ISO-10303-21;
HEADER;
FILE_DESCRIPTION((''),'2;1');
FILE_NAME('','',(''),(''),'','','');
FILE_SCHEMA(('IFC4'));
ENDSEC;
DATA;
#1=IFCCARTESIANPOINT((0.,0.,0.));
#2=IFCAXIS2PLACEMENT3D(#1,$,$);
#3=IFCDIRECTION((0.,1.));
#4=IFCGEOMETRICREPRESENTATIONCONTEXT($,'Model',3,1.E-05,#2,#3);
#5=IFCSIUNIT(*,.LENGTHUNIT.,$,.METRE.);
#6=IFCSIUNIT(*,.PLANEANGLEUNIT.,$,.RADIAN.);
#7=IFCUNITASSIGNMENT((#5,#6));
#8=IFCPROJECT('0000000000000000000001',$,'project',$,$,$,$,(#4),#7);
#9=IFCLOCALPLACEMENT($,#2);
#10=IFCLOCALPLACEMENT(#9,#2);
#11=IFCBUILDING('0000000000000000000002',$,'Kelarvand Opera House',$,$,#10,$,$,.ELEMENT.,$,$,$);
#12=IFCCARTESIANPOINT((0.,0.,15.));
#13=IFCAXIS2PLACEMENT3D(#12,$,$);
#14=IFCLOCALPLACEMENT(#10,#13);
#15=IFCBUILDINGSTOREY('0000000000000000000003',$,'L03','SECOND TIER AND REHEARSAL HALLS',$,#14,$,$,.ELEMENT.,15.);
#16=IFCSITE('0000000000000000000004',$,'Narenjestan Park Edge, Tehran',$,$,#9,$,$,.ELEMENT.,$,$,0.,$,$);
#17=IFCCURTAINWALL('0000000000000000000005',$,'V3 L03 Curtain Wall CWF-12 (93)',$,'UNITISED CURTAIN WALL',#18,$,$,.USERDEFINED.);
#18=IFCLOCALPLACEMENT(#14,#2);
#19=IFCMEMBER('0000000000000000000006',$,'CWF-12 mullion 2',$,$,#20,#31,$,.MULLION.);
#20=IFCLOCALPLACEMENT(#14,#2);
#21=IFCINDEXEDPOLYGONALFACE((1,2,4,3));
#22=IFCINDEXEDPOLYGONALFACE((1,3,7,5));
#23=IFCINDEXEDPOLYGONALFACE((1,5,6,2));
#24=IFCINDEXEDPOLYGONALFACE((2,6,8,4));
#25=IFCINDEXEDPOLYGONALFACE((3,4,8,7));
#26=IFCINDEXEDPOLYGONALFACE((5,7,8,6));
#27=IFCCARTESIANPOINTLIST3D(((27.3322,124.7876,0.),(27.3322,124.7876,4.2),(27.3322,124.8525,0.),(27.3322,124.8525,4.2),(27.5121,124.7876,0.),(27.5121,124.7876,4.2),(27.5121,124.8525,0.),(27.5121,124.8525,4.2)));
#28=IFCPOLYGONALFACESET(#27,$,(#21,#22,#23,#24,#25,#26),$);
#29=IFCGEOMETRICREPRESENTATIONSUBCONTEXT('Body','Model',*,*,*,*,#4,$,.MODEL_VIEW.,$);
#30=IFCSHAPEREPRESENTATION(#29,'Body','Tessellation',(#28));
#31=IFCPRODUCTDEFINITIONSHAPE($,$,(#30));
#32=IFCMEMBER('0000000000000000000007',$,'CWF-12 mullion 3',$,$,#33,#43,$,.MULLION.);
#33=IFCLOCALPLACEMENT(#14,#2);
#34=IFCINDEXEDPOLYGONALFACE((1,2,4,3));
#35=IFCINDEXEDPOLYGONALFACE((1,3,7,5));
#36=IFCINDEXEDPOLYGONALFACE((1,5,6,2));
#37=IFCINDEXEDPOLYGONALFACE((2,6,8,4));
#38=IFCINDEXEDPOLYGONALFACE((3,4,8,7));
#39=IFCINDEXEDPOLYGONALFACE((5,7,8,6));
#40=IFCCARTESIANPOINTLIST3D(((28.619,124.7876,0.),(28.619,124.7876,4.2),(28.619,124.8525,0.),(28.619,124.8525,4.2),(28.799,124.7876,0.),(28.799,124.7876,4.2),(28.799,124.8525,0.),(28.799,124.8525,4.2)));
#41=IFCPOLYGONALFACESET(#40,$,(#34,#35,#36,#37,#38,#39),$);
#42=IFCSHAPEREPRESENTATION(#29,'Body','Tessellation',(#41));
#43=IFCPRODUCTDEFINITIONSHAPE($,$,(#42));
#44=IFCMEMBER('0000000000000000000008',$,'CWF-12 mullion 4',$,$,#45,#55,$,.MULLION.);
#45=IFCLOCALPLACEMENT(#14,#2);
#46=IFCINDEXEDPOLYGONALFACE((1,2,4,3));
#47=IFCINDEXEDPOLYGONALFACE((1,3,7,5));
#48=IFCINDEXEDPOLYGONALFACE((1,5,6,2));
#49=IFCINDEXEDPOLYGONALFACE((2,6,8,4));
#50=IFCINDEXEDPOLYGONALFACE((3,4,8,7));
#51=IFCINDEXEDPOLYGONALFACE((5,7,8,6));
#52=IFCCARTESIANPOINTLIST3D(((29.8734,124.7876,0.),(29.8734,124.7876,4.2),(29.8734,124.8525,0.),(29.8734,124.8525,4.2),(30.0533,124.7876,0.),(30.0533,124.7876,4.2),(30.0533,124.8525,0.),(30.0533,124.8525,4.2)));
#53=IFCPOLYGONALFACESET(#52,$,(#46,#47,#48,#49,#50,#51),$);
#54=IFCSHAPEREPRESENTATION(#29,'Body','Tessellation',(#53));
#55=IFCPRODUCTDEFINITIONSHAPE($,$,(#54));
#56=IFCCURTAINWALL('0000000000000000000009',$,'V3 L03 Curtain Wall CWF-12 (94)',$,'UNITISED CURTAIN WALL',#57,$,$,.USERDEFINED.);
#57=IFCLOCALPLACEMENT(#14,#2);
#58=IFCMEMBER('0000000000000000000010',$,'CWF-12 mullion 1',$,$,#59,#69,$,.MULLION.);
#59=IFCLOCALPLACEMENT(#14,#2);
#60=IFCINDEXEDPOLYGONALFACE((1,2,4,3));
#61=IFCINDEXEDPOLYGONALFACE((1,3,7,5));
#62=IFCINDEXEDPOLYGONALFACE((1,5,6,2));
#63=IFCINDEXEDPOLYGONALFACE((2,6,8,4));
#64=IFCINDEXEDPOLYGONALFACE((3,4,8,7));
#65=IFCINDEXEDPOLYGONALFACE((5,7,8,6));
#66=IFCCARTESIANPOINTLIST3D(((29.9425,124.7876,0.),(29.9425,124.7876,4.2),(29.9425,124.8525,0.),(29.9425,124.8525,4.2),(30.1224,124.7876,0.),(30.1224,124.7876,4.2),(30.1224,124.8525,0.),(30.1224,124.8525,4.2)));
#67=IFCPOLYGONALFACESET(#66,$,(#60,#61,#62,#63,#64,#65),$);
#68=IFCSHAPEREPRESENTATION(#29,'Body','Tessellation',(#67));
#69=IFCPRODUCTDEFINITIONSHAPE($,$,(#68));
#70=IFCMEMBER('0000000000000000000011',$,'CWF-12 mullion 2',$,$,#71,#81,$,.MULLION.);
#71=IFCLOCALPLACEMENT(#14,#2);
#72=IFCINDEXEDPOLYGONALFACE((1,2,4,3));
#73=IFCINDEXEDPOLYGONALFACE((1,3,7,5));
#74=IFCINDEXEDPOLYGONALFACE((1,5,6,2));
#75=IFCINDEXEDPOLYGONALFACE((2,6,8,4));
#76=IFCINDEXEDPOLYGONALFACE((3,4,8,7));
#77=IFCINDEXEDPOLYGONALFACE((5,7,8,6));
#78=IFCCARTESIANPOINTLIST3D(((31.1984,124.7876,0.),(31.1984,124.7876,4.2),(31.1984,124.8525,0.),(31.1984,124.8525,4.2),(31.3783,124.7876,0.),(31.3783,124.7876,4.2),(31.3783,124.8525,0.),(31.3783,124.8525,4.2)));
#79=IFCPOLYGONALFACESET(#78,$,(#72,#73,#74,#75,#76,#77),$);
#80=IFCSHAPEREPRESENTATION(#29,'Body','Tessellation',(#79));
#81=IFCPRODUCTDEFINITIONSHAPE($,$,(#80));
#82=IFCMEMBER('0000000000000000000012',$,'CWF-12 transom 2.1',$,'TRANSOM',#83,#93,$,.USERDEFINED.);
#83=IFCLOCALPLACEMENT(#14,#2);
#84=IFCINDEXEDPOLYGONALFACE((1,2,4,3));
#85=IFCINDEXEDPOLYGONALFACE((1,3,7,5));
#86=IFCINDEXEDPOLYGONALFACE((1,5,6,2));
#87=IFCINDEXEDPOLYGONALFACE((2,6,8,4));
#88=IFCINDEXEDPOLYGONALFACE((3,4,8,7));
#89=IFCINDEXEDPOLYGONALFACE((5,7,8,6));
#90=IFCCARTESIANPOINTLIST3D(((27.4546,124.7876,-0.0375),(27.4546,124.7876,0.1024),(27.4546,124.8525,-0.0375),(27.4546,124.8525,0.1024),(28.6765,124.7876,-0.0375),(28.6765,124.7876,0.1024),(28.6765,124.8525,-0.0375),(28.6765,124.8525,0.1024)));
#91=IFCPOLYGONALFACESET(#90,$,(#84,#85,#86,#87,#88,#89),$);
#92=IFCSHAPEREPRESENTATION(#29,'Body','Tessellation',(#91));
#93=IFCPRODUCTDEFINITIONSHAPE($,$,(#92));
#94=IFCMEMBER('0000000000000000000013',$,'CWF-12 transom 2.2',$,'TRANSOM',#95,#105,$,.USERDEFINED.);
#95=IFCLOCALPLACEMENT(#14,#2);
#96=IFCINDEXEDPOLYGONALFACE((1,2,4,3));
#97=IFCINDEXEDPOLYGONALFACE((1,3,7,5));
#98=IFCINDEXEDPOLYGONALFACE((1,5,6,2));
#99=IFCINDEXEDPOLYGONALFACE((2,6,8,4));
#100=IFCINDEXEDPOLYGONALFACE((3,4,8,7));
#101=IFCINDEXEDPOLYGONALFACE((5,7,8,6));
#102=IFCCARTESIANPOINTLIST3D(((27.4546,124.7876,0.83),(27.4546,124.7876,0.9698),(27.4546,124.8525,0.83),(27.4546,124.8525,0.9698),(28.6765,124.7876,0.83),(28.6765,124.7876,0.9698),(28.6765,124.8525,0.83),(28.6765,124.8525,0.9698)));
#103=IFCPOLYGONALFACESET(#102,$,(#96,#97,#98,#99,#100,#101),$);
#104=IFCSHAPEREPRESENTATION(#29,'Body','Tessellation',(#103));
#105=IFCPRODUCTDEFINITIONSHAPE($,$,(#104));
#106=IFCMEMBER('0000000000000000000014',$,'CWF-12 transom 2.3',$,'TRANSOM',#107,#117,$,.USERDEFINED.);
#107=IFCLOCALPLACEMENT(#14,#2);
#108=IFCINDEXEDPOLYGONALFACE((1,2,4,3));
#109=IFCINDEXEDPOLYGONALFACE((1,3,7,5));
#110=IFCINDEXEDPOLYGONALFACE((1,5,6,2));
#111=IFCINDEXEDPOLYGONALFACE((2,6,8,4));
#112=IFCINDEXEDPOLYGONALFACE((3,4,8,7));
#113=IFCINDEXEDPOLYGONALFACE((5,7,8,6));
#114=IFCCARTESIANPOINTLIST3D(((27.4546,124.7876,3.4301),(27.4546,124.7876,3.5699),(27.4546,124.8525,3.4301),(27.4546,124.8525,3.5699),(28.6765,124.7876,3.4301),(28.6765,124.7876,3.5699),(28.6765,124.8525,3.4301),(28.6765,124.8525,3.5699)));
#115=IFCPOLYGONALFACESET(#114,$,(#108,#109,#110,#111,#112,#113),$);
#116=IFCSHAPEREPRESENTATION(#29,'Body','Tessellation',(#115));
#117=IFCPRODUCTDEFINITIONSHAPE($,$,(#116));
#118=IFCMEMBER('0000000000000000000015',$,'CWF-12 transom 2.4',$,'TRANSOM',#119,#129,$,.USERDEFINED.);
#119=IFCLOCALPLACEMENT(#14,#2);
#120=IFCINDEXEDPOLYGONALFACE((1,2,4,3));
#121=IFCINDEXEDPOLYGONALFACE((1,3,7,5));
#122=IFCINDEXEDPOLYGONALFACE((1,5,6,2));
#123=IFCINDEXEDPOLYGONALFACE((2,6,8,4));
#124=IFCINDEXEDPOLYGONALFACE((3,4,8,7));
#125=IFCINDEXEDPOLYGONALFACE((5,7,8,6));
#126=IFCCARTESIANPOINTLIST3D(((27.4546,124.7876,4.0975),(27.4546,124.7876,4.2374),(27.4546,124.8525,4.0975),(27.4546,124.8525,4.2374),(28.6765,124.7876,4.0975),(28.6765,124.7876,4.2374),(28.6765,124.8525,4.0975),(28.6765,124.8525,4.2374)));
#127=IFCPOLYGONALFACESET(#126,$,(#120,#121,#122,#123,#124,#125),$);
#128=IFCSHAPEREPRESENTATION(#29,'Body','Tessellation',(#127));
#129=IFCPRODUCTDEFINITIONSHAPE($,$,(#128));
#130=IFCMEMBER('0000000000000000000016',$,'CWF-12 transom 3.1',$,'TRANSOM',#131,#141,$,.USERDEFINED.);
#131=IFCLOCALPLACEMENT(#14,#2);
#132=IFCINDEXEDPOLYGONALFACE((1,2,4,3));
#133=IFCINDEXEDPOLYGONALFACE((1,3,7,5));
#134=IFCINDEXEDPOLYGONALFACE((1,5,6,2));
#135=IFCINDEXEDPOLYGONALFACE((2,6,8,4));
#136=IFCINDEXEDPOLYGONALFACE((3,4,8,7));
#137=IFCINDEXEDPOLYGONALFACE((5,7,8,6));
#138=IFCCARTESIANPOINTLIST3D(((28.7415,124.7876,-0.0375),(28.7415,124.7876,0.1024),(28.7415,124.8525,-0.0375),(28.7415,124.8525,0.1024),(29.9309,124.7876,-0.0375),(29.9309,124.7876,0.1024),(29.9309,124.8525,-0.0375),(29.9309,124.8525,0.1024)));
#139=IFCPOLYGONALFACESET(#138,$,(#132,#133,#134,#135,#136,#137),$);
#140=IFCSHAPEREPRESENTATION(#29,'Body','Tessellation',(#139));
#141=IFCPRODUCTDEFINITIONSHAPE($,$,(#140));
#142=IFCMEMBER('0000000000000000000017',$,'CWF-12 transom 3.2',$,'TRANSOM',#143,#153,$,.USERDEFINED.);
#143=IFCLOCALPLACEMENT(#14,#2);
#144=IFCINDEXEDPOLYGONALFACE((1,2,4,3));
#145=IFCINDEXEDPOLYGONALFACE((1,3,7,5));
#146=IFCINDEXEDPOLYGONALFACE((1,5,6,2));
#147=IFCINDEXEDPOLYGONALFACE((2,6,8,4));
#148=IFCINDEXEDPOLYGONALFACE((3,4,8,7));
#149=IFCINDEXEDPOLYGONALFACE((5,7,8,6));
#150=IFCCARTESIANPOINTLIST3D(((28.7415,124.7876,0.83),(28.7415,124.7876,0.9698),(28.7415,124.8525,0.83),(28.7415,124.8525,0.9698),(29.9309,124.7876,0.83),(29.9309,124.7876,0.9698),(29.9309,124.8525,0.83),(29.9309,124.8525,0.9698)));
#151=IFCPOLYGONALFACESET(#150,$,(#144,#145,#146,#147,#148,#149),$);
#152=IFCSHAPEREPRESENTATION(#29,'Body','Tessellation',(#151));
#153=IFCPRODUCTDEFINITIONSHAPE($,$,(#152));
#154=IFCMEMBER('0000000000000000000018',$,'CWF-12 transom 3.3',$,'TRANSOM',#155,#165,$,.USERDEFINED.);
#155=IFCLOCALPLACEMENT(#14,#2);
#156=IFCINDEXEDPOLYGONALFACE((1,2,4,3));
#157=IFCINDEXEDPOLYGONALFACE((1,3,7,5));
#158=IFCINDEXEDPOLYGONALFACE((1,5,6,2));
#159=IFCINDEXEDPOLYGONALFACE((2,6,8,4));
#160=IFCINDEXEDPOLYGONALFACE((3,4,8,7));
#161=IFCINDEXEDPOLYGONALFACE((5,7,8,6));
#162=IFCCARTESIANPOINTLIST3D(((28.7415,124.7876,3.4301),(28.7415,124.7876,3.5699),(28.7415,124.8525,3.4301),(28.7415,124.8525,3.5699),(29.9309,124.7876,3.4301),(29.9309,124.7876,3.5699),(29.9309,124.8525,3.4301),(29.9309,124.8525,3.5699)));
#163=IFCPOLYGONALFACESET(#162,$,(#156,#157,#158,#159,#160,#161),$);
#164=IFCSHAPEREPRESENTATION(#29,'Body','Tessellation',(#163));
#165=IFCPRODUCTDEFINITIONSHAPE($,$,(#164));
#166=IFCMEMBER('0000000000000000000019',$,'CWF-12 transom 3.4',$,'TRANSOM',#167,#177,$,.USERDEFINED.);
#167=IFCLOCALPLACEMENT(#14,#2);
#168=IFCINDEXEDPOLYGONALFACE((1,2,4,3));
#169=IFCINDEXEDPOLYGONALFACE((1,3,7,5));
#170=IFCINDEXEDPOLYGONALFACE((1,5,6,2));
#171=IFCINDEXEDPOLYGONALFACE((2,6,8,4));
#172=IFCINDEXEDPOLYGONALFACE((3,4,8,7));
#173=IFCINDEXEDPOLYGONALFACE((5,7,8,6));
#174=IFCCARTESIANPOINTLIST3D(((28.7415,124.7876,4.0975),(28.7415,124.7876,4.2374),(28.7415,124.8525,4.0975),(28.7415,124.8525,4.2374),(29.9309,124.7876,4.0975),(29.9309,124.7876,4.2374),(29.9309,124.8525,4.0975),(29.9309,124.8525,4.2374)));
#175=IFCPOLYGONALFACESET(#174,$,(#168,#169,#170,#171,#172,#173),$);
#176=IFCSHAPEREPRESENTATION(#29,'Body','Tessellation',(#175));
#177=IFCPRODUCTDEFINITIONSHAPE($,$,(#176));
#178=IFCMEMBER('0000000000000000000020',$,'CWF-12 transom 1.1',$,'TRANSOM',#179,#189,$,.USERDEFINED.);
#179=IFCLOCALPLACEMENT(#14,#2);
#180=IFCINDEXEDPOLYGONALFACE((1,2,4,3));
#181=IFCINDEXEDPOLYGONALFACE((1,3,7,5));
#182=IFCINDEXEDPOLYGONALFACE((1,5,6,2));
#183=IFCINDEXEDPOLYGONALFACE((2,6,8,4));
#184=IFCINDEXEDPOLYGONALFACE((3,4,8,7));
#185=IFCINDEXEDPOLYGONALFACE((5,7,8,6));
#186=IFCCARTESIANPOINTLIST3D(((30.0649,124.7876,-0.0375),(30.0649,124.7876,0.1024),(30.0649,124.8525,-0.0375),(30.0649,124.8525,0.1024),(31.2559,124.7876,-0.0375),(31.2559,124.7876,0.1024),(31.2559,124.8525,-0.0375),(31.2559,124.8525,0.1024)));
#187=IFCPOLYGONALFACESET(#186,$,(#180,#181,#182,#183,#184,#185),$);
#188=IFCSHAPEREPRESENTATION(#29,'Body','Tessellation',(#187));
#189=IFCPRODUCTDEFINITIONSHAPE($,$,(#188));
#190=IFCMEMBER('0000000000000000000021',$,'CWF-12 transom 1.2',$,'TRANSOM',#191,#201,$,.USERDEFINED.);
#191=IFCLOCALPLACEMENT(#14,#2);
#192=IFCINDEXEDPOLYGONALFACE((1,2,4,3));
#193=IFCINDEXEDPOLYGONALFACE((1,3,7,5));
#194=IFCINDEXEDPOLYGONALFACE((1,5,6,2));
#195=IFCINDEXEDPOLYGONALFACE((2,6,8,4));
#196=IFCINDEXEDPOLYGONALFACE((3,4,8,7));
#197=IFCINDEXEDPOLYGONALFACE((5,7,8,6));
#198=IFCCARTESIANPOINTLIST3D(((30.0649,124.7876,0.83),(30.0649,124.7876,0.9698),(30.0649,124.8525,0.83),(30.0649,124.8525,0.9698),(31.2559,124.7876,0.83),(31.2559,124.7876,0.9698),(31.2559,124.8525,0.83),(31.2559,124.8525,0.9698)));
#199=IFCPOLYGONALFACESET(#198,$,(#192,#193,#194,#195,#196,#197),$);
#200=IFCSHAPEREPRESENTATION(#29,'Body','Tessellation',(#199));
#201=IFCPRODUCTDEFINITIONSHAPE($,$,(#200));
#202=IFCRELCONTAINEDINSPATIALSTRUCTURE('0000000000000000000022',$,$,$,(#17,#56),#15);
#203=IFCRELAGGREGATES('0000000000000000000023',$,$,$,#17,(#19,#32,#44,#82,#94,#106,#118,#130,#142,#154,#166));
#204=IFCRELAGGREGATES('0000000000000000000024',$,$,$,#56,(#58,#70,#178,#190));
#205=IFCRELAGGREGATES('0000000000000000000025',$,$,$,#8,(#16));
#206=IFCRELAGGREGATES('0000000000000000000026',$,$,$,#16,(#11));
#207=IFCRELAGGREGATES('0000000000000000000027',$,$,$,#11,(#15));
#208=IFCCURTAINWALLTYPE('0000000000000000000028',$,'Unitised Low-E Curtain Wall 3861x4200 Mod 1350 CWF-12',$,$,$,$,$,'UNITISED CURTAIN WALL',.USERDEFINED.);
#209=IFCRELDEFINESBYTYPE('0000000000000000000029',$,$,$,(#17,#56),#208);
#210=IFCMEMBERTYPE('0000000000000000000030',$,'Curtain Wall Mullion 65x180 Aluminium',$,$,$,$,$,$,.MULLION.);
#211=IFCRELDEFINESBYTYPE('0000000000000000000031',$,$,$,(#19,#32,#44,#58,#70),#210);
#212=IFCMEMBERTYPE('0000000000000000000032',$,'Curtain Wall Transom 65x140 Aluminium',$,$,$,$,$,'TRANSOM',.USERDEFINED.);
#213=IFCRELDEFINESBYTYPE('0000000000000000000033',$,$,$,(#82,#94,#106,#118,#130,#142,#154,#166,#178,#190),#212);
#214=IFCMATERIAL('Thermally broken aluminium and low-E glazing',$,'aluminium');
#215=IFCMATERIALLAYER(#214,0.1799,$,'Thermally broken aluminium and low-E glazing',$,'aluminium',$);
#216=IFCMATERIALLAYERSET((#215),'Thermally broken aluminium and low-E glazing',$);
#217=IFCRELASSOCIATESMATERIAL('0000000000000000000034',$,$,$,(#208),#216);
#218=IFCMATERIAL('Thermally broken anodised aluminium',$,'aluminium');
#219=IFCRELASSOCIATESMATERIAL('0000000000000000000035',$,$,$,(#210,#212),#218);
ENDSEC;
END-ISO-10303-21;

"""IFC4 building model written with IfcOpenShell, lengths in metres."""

from ifc_helpers import new_model, si_unit, direction, frame, origin, origin_2d, place, context, subcontext, project, spatial, rectangle, extrude, material, layer, layer_set, material_profile, profile_set, type_object, element, aggregate, save


model = new_model("IFC4")

# Units and contexts
model_context = context("Model", 3, precision=1e-05, world=origin(), true_north=direction((0.0, 1.0)))
body_context = subcontext(model_context, "Body", "Model", "MODEL_VIEW")
ifc_project = project(units=[si_unit("LENGTHUNIT", "METRE"), si_unit("PLANEANGLEUNIT", "RADIAN")], contexts=[model_context])

# Site, building, storey
site_placement = place(None, origin())
site = spatial("IfcSite", under=ifc_project, at=site_placement, Name="Narenjestan Park Edge, Tehran", CompositionType="ELEMENT", RefElevation=0.0)
building_placement = place(site_placement, origin())
building = spatial("IfcBuilding", under=site, at=building_placement, Name="Kelarvand Opera House", CompositionType="ELEMENT")
storey_placement = place(building_placement, frame((0.0, 0.0, 15.0)))
storey = spatial("IfcBuildingStorey", under=building, at=storey_placement, Name="L03", Description="SECOND TIER AND REHEARSAL HALLS", CompositionType="ELEMENT", Elevation=15.0)

# Curtain walls, members
ifc_material_1 = material(Name="Thermally broken aluminium and low-E glazing", Category="aluminium")
ifc_layer_1 = layer(ifc_material_1, 0.1799, Name="Thermally broken aluminium and low-E glazing", Category="aluminium")
ifc_layer_set_1 = layer_set([ifc_layer_1], Name="Thermally broken aluminium and low-E glazing")
curtain_wall_type = type_object("IfcCurtainWallType", Name="Unitised Low-E Curtain Wall 3861x4200 Mod 1350 CWF-12", ElementType="UNITISED CURTAIN WALL", PredefinedType="USERDEFINED", material=ifc_layer_set_1)
curtain_wall_1_placement = place(storey_placement, origin())
curtain_wall_1 = element("IfcCurtainWall", 1, at=curtain_wall_1_placement, inside=storey, type_object=curtain_wall_type, Name="V3 L03 Curtain Wall CWF-12 (93)", ObjectType="UNITISED CURTAIN WALL", PredefinedType="USERDEFINED")
ifc_material_2 = material(Name="Thermally broken anodised aluminium", Category="aluminium")
ifc_material_profile_1 = material_profile(ifc_material_2, rectangle(XDim=0.0649, YDim=0.1799, at=origin_2d()), Name="ALU MULLION 65x180", Category="aluminium")
ifc_profile_set_1 = profile_set([ifc_material_profile_1], Name="Thermally broken anodised aluminium")
member_type_1 = type_object("IfcMemberType", Name="Curtain Wall Mullion 65x180 Aluminium", PredefinedType="MULLION", material=ifc_profile_set_1)
member_1_placement = place(storey_placement, frame((27.4221, 124.8201, 0.0), z_axis=(0.0, 0.0, 1.0), x_axis=(0.0, 1.0, 0.0)))
member_1 = element("IfcMember", 2, at=member_1_placement, type_object=member_type_1, Name="CWF-12 mullion 2", PredefinedType="MULLION", context=body_context, shape_type="SweptSolid", body=[
    extrude(rectangle(XDim=0.0649, YDim=0.1799, at=origin_2d()), origin(), (0.0, 0.0, 1.0), 4.2),
])
member_2_placement = place(storey_placement, frame((28.709, 124.8201, 0.0), z_axis=(0.0, 0.0, 1.0), x_axis=(0.0, 1.0, 0.0)))
member_2 = element("IfcMember", 3, at=member_2_placement, type_object=member_type_1, Name="CWF-12 mullion 3", PredefinedType="MULLION", context=body_context, shape_type="SweptSolid", body=[
    extrude(rectangle(XDim=0.0649, YDim=0.1799, at=origin_2d()), origin(), (0.0, 0.0, 1.0), 4.2),
])
member_3_placement = place(storey_placement, frame((29.9634, 124.8201, 0.0), z_axis=(0.0, 0.0, 1.0), x_axis=(0.0, 1.0, 0.0)))
member_3 = element("IfcMember", 4, at=member_3_placement, type_object=member_type_1, Name="CWF-12 mullion 4", PredefinedType="MULLION", context=body_context, shape_type="SweptSolid", body=[
    extrude(rectangle(XDim=0.0649, YDim=0.1799, at=origin_2d()), origin(), (0.0, 0.0, 1.0), 4.2),
])
curtain_wall_2_placement = place(storey_placement, origin())
curtain_wall_2 = element("IfcCurtainWall", 5, at=curtain_wall_2_placement, inside=storey, type_object=curtain_wall_type, Name="V3 L03 Curtain Wall CWF-12 (94)", ObjectType="UNITISED CURTAIN WALL", PredefinedType="USERDEFINED")
member_4_placement = place(storey_placement, frame((30.0325, 124.8201, 0.0), z_axis=(0.0, 0.0, 1.0), x_axis=(0.0, 1.0, 0.0)))
member_4 = element("IfcMember", 6, at=member_4_placement, type_object=member_type_1, Name="CWF-12 mullion 1", PredefinedType="MULLION", context=body_context, shape_type="SweptSolid", body=[
    extrude(rectangle(XDim=0.0649, YDim=0.1799, at=origin_2d()), origin(), (0.0, 0.0, 1.0), 4.2),
])
member_5_placement = place(storey_placement, frame((31.2883, 124.8201, 0.0), z_axis=(0.0, 0.0, 1.0), x_axis=(0.0, 1.0, 0.0)))
member_5 = element("IfcMember", 7, at=member_5_placement, type_object=member_type_1, Name="CWF-12 mullion 2", PredefinedType="MULLION", context=body_context, shape_type="SweptSolid", body=[
    extrude(rectangle(XDim=0.0649, YDim=0.1799, at=origin_2d()), origin(), (0.0, 0.0, 1.0), 4.2),
])

# Members
ifc_material_profile_2 = material_profile(ifc_material_2, rectangle(XDim=0.0649, YDim=0.1399, at=origin_2d()), Name="ALU TRANSOM 65x140", Category="aluminium")
ifc_profile_set_2 = profile_set([ifc_material_profile_2], Name="Thermally broken anodised aluminium")
member_type_2 = type_object("IfcMemberType", Name="Curtain Wall Transom 65x140 Aluminium", ElementType="TRANSOM", PredefinedType="USERDEFINED", material=ifc_profile_set_2)
member_6_placement = place(storey_placement, frame((27.4546, 124.8201, 0.0325), z_axis=(1.0, 0.0, 0.0), x_axis=(0.0, 1.0, 0.0)))
member_6 = element("IfcMember", 8, at=member_6_placement, type_object=member_type_2, Name="CWF-12 transom 2.1", ObjectType="TRANSOM", PredefinedType="USERDEFINED", context=body_context, shape_type="SweptSolid", body=[
    extrude(rectangle(XDim=0.0649, YDim=0.1399, at=origin_2d()), origin(), (0.0, 0.0, 1.0), 1.2219),
])
member_7_placement = place(storey_placement, frame((27.4546, 124.8201, 0.8999), z_axis=(1.0, 0.0, 0.0), x_axis=(0.0, 1.0, 0.0)))
member_7 = element("IfcMember", 9, at=member_7_placement, type_object=member_type_2, Name="CWF-12 transom 2.2", ObjectType="TRANSOM", PredefinedType="USERDEFINED", context=body_context, shape_type="SweptSolid", body=[
    extrude(rectangle(XDim=0.0649, YDim=0.1399, at=origin_2d()), origin(), (0.0, 0.0, 1.0), 1.2219),
])
member_8_placement = place(storey_placement, frame((27.4546, 124.8201, 3.5), z_axis=(1.0, 0.0, 0.0), x_axis=(0.0, 1.0, 0.0)))
member_8 = element("IfcMember", 10, at=member_8_placement, type_object=member_type_2, Name="CWF-12 transom 2.3", ObjectType="TRANSOM", PredefinedType="USERDEFINED", context=body_context, shape_type="SweptSolid", body=[
    extrude(rectangle(XDim=0.0649, YDim=0.1399, at=origin_2d()), origin(), (0.0, 0.0, 1.0), 1.2219),
])
member_9_placement = place(storey_placement, frame((27.4546, 124.8201, 4.1675), z_axis=(1.0, 0.0, 0.0), x_axis=(0.0, 1.0, 0.0)))
member_9 = element("IfcMember", 11, at=member_9_placement, type_object=member_type_2, Name="CWF-12 transom 2.4", ObjectType="TRANSOM", PredefinedType="USERDEFINED", context=body_context, shape_type="SweptSolid", body=[
    extrude(rectangle(XDim=0.0649, YDim=0.1399, at=origin_2d()), origin(), (0.0, 0.0, 1.0), 1.2219),
])
member_10_placement = place(storey_placement, frame((28.7415, 124.8201, 0.0325), z_axis=(1.0, 0.0, 0.0), x_axis=(0.0, 1.0, 0.0)))
member_10 = element("IfcMember", 12, at=member_10_placement, type_object=member_type_2, Name="CWF-12 transom 3.1", ObjectType="TRANSOM", PredefinedType="USERDEFINED", context=body_context, shape_type="SweptSolid", body=[
    extrude(rectangle(XDim=0.0649, YDim=0.1399, at=origin_2d()), origin(), (0.0, 0.0, 1.0), 1.1895),
])
member_11_placement = place(storey_placement, frame((28.7415, 124.8201, 0.8999), z_axis=(1.0, 0.0, 0.0), x_axis=(0.0, 1.0, 0.0)))
member_11 = element("IfcMember", 13, at=member_11_placement, type_object=member_type_2, Name="CWF-12 transom 3.2", ObjectType="TRANSOM", PredefinedType="USERDEFINED", context=body_context, shape_type="SweptSolid", body=[
    extrude(rectangle(XDim=0.0649, YDim=0.1399, at=origin_2d()), origin(), (0.0, 0.0, 1.0), 1.1895),
])
member_12_placement = place(storey_placement, frame((28.7415, 124.8201, 3.5), z_axis=(1.0, 0.0, 0.0), x_axis=(0.0, 1.0, 0.0)))
member_12 = element("IfcMember", 14, at=member_12_placement, type_object=member_type_2, Name="CWF-12 transom 3.3", ObjectType="TRANSOM", PredefinedType="USERDEFINED", context=body_context, shape_type="SweptSolid", body=[
    extrude(rectangle(XDim=0.0649, YDim=0.1399, at=origin_2d()), origin(), (0.0, 0.0, 1.0), 1.1895),
])
member_13_placement = place(storey_placement, frame((28.7415, 124.8201, 4.1675), z_axis=(1.0, 0.0, 0.0), x_axis=(0.0, 1.0, 0.0)))
member_13 = element("IfcMember", 15, at=member_13_placement, type_object=member_type_2, Name="CWF-12 transom 3.4", ObjectType="TRANSOM", PredefinedType="USERDEFINED", context=body_context, shape_type="SweptSolid", body=[
    extrude(rectangle(XDim=0.0649, YDim=0.1399, at=origin_2d()), origin(), (0.0, 0.0, 1.0), 1.1895),
])
member_14_placement = place(storey_placement, frame((30.0649, 124.8201, 0.0325), z_axis=(1.0, 0.0, 0.0), x_axis=(0.0, 1.0, 0.0)))
member_14 = element("IfcMember", 16, at=member_14_placement, type_object=member_type_2, Name="CWF-12 transom 1.1", ObjectType="TRANSOM", PredefinedType="USERDEFINED", context=body_context, shape_type="SweptSolid", body=[
    extrude(rectangle(XDim=0.0649, YDim=0.1399, at=origin_2d()), origin(), (0.0, 0.0, 1.0), 1.1909),
])
member_15_placement = place(storey_placement, frame((30.0649, 124.8201, 0.8999), z_axis=(1.0, 0.0, 0.0), x_axis=(0.0, 1.0, 0.0)))
member_15 = element("IfcMember", 17, at=member_15_placement, type_object=member_type_2, Name="CWF-12 transom 1.2", ObjectType="TRANSOM", PredefinedType="USERDEFINED", context=body_context, shape_type="SweptSolid", body=[
    extrude(rectangle(XDim=0.0649, YDim=0.1399, at=origin_2d()), origin(), (0.0, 0.0, 1.0), 1.1909),
])

aggregate(curtain_wall_1, [member_1, member_2, member_3, member_6, member_7, member_8, member_9, member_10, member_11, member_12, member_13])
aggregate(curtain_wall_2, [member_4, member_5, member_14, member_15])

save(model, "model.ifc")
